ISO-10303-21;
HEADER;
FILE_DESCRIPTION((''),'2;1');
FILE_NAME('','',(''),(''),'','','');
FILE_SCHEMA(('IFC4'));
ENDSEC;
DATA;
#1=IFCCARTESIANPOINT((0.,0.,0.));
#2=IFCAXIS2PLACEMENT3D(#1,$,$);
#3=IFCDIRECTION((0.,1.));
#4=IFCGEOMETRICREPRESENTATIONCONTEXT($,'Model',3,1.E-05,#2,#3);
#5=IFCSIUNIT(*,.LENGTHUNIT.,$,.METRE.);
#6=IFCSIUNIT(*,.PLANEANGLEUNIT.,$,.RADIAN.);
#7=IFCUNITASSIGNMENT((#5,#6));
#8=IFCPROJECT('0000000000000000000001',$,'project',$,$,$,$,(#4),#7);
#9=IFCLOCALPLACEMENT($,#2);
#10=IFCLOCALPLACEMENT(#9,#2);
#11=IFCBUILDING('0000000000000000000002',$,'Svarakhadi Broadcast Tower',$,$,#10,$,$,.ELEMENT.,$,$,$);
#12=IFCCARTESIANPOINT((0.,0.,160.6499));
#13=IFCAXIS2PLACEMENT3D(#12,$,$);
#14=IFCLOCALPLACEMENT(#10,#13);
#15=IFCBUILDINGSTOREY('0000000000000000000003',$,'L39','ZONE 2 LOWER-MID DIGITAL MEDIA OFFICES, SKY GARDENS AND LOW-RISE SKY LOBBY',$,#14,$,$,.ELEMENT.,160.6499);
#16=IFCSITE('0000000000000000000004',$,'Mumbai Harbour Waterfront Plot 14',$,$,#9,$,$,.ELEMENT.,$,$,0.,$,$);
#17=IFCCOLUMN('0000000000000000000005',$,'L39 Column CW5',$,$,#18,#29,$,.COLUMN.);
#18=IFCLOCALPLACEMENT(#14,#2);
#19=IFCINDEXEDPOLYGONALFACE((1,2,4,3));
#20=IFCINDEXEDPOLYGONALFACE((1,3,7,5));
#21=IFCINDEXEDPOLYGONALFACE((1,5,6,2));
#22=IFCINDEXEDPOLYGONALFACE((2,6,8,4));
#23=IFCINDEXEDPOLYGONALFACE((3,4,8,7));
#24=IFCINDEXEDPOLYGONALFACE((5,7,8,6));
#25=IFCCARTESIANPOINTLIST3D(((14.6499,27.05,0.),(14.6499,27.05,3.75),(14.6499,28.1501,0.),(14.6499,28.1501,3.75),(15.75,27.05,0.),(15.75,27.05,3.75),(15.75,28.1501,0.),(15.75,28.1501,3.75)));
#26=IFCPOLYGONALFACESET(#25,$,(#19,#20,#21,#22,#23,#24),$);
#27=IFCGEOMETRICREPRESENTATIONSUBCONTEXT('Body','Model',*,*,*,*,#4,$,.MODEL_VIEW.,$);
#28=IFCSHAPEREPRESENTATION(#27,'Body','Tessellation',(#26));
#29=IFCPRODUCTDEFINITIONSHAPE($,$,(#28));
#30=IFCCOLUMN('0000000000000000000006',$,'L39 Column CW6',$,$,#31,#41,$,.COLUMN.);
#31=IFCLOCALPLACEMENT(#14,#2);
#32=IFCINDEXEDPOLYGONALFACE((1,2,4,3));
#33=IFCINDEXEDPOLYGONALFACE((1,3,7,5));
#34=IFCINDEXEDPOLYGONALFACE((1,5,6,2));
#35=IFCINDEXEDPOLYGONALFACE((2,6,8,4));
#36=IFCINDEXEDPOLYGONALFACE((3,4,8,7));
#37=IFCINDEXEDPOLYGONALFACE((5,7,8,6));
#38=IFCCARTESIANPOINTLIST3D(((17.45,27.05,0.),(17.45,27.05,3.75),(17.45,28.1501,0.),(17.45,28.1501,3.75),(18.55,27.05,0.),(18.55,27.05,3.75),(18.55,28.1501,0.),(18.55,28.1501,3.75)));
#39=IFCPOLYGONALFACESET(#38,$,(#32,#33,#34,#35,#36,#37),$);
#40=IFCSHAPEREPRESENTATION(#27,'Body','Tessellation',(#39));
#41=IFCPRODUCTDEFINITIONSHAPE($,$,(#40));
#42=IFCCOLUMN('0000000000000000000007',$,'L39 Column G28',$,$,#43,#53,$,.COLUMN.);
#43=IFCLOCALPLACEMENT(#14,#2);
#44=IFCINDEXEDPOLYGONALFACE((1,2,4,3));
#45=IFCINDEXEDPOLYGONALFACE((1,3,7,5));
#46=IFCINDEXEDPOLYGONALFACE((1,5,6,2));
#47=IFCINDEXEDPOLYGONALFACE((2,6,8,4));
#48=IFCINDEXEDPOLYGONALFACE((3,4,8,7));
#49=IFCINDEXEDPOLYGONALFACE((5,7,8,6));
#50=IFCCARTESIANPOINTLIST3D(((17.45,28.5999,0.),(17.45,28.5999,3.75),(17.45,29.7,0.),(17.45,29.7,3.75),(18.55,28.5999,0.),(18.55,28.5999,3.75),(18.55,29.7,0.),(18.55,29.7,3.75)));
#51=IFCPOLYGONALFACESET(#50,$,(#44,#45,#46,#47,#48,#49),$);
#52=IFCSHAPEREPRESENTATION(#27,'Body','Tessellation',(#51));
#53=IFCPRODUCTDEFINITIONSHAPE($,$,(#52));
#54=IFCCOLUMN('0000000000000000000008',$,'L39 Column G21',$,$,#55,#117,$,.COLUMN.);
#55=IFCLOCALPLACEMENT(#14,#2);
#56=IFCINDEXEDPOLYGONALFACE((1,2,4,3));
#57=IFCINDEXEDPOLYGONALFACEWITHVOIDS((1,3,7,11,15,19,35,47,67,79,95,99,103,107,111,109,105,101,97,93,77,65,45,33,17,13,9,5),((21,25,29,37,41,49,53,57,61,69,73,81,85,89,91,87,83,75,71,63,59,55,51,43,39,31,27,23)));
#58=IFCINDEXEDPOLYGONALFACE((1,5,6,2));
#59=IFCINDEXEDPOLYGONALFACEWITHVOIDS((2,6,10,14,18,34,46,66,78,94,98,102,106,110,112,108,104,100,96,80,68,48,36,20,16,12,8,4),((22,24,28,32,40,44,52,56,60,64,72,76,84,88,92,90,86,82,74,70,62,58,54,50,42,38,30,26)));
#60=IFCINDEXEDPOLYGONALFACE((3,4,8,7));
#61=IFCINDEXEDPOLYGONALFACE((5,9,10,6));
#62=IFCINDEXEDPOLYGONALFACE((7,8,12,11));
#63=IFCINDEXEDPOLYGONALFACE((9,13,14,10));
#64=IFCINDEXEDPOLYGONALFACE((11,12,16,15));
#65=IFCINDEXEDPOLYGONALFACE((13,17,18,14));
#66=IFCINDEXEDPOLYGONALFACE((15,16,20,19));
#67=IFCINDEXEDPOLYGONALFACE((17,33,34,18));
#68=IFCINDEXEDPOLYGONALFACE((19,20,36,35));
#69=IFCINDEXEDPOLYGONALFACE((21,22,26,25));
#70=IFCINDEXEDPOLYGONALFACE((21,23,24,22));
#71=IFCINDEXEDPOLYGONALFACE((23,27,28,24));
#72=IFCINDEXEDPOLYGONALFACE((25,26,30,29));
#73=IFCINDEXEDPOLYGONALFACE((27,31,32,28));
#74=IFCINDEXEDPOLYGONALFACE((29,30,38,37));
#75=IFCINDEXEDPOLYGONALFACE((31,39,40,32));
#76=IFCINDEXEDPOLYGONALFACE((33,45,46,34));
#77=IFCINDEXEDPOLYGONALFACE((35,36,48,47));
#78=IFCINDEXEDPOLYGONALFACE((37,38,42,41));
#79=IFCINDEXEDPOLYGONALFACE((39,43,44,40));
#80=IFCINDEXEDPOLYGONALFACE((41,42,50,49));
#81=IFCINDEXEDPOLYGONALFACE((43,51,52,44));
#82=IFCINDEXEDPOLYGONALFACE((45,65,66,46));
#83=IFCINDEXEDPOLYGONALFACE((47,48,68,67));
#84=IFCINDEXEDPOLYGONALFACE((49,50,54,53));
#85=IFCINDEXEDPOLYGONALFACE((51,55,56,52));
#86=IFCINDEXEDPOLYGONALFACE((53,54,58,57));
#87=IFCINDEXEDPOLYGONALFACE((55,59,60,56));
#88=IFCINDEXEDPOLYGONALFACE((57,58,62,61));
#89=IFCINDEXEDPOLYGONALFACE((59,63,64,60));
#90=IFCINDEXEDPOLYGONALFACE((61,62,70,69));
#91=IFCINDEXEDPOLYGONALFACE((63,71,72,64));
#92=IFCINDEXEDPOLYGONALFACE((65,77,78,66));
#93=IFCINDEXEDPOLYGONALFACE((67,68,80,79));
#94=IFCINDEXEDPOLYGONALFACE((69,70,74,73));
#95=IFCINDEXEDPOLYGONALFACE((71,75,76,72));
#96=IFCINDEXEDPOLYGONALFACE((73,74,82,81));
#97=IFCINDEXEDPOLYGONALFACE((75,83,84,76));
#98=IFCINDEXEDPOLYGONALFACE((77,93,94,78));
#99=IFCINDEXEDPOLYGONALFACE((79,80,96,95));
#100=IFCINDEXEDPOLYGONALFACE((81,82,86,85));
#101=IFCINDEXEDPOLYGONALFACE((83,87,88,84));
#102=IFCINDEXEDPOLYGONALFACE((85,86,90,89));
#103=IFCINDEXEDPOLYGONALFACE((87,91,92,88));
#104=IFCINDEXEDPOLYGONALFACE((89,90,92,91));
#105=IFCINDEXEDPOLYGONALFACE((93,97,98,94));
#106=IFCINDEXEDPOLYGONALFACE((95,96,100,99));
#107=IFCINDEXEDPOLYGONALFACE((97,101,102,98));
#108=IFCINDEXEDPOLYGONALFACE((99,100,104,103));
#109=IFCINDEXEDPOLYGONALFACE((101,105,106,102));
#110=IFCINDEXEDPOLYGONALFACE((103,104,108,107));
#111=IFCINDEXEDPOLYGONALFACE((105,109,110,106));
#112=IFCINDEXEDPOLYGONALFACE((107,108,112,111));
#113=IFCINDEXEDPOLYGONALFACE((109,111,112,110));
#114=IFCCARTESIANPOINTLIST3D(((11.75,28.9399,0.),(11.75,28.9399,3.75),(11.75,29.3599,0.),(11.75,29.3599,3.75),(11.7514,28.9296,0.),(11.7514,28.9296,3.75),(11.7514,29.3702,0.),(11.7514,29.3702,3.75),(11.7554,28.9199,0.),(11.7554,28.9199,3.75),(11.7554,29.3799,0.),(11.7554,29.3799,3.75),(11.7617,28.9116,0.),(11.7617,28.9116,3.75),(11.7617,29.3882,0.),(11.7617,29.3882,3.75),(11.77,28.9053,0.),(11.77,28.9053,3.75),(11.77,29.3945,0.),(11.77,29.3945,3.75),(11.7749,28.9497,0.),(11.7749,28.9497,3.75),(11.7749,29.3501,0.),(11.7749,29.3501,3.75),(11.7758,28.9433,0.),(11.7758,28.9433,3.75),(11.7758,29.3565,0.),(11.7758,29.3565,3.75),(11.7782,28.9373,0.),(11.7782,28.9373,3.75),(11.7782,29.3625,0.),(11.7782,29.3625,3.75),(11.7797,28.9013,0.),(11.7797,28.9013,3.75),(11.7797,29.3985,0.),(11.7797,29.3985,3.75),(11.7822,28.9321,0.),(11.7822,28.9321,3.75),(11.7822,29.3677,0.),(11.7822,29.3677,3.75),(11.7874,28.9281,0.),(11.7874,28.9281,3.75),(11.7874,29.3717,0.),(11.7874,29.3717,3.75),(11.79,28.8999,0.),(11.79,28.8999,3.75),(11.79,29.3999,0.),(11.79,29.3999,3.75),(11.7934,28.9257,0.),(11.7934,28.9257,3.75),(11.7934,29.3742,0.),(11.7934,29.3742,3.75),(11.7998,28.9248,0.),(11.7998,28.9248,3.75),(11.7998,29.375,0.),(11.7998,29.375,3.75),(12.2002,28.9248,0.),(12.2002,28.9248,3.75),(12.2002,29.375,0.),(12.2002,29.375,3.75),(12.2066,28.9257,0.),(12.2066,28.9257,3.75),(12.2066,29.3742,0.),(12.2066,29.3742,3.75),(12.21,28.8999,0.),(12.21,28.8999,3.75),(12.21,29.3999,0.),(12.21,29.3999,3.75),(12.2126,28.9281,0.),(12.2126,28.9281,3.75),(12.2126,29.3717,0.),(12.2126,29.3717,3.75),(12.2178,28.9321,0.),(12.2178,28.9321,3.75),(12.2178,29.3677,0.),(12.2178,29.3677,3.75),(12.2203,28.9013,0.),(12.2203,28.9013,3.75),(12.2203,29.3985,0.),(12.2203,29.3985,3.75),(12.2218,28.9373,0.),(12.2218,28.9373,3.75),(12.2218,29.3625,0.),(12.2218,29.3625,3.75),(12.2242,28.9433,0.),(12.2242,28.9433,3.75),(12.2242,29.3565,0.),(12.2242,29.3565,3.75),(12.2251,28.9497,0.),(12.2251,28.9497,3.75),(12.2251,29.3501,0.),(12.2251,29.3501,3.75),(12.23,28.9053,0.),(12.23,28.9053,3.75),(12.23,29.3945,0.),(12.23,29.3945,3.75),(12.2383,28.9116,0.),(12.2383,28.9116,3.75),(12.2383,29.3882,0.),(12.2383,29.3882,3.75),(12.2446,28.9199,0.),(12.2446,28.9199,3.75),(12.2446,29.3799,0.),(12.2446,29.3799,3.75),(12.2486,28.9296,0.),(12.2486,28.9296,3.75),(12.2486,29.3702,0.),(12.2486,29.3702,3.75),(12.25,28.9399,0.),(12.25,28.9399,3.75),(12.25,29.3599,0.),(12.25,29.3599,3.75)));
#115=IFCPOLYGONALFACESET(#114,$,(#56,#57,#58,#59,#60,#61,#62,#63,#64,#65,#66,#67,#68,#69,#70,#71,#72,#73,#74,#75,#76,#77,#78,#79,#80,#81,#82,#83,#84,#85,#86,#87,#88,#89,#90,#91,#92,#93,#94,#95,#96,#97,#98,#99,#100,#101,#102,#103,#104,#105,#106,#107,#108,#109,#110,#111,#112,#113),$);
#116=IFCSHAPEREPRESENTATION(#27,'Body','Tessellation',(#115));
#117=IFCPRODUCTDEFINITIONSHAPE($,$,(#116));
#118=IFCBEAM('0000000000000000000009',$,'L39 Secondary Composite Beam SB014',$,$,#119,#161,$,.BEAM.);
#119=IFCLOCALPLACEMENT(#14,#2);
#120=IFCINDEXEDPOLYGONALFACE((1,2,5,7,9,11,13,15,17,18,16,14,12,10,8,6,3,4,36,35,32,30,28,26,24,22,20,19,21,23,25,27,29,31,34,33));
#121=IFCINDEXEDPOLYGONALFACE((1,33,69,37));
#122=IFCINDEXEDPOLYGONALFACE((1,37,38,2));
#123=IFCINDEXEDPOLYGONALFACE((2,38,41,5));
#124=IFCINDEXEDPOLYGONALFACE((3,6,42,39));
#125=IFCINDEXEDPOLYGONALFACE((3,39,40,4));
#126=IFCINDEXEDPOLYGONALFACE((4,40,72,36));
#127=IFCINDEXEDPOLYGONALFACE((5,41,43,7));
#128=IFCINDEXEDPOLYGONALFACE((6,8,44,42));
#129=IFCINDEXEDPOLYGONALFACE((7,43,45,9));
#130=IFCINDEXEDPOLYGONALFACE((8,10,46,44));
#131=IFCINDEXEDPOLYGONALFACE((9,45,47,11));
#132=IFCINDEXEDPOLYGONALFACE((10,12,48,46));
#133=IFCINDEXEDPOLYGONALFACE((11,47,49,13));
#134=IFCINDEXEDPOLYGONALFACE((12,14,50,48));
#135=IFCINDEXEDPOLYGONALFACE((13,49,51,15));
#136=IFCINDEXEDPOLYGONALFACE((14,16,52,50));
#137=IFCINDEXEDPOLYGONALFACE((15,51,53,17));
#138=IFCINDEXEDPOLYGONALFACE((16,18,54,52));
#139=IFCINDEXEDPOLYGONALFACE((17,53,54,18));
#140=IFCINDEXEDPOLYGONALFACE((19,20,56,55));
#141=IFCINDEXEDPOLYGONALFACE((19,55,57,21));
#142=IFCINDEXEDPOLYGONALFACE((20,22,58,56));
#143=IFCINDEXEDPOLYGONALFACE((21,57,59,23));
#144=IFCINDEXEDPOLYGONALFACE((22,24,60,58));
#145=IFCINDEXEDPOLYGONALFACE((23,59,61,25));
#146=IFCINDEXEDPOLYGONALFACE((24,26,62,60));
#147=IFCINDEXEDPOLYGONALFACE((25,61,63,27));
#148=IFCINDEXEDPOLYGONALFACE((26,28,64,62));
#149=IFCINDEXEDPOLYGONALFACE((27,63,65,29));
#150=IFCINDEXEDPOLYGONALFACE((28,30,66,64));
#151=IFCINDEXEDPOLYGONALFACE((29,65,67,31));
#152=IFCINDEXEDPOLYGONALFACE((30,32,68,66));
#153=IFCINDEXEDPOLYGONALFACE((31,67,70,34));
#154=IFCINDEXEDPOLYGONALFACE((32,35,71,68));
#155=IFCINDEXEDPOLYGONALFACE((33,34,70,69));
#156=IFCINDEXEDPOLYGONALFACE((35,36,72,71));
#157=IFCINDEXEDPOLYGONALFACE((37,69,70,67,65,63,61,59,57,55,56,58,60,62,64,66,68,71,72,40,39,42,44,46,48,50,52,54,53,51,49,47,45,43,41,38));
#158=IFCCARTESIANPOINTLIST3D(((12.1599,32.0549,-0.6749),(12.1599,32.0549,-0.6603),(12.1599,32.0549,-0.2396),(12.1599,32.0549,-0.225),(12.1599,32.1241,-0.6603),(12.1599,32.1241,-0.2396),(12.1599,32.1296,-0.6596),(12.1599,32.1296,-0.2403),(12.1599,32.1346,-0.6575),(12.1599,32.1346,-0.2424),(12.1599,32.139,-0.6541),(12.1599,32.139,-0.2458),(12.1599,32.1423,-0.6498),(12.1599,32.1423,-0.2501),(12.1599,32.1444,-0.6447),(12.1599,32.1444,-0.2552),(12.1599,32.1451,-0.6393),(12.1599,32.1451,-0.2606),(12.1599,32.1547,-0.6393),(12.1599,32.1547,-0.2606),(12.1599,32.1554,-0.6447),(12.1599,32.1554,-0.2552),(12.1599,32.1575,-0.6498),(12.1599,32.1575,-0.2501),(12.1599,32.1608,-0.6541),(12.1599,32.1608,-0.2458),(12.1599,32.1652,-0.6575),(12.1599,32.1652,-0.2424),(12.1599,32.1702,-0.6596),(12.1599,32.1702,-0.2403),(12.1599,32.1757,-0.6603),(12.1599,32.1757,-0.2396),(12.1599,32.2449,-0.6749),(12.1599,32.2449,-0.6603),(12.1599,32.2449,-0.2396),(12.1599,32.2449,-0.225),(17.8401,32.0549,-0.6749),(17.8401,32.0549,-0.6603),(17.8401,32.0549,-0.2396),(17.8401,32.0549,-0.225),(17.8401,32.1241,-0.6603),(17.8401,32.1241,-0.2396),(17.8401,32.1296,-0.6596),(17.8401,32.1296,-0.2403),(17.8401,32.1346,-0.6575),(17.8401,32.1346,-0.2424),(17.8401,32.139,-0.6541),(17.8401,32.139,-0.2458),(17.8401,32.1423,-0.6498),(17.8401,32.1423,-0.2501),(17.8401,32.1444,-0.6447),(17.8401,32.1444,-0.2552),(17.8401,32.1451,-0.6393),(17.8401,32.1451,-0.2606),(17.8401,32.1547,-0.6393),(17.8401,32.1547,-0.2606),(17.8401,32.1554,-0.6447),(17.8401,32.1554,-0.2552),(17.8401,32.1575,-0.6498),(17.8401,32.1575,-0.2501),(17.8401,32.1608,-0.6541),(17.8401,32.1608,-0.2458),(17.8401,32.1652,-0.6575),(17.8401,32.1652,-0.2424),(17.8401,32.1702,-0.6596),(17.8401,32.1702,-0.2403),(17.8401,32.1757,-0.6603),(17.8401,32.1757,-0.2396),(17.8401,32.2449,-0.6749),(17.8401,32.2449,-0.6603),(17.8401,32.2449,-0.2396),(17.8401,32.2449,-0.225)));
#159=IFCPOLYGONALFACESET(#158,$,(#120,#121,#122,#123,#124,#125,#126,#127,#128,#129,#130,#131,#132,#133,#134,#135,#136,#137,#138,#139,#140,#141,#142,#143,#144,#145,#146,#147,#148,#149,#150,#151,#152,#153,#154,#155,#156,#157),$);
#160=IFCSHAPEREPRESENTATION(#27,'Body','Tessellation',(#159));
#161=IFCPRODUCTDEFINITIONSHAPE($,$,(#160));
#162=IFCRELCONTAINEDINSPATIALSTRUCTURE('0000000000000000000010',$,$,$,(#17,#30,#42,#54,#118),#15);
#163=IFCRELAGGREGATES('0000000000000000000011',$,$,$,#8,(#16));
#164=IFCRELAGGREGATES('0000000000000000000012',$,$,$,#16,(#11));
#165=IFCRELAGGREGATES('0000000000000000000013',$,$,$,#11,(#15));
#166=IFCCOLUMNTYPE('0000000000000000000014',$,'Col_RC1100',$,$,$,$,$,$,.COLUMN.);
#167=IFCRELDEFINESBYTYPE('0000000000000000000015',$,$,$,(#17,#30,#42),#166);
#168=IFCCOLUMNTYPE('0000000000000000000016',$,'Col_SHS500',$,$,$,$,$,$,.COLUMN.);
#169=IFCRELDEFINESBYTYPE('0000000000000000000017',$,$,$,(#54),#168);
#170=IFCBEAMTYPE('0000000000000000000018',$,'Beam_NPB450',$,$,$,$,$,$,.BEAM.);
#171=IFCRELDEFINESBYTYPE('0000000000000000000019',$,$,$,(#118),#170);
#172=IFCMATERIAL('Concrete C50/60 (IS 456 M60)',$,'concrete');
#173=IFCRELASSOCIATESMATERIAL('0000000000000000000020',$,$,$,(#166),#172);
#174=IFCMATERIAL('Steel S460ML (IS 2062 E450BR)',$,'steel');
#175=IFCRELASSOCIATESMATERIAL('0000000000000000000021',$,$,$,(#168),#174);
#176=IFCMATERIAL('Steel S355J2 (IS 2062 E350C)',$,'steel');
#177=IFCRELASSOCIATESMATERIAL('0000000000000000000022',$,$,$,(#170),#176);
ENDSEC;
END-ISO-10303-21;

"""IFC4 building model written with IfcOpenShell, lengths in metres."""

from ifc_helpers import new_model, si_unit, direction, frame, origin, origin_2d, place, context, subcontext, project, spatial, rectangle, hollow_rectangle, i_section, extrude, material, material_profile, profile_set, type_object, element, save


model = new_model("IFC4")

# Units and contexts
model_context = context("Model", 3, precision=1e-05, world=origin(), true_north=direction((0.0, 1.0)))
body_context = subcontext(model_context, "Body", "Model", "MODEL_VIEW")
ifc_project = project(units=[si_unit("LENGTHUNIT", "METRE"), si_unit("PLANEANGLEUNIT", "RADIAN")], contexts=[model_context])

# Site, building, storey
site_placement = place(None, origin())
site = spatial("IfcSite", under=ifc_project, at=site_placement, Name="Mumbai Harbour Waterfront Plot 14", CompositionType="ELEMENT", RefElevation=0.0)
building_placement = place(site_placement, origin())
building = spatial("IfcBuilding", under=site, at=building_placement, Name="Svarakhadi Broadcast Tower", CompositionType="ELEMENT")
storey_placement = place(building_placement, frame((0.0, 0.0, 160.6499)))
storey = spatial("IfcBuildingStorey", under=building, at=storey_placement, Name="L39", Description="ZONE 2 LOWER-MID DIGITAL MEDIA OFFICES, SKY GARDENS AND LOW-RISE SKY LOBBY", CompositionType="ELEMENT", Elevation=160.6499)

# Columns
ifc_material_1 = material(Name="Concrete C50/60 (IS 456 M60)", Category="concrete")
ifc_material_profile_1 = material_profile(ifc_material_1, rectangle(XDim=1.1001, YDim=1.1001, at=origin_2d()), Name="RC 1100x1100")
ifc_profile_set_1 = profile_set([ifc_material_profile_1], Name="Concrete C50/60 (IS 456 M60)")
column_type_1 = type_object("IfcColumnType", Name="Col_RC1100", PredefinedType="COLUMN", material=ifc_profile_set_1)
for number, where, z_axis, x_axis, name in (
    (1, (15.2, 27.6001, 0.0), (0.0, 0.0, 1.0), (1.0, 0.0, 0.0), "L39 Column CW5"),
    (2, (18.0, 27.6001, 0.0), (0.0, 0.0, 1.0), (1.0, 0.0, 0.0), "L39 Column CW6"),
    (3, (18.0, 29.1499, 0.0), (0.0, 0.0, 1.0), (1.0, 0.0, 0.0), "L39 Column G28"),
):
    element("IfcColumn", number, at=place(storey_placement, frame(where, z_axis=z_axis, x_axis=x_axis)), inside=storey, type_object=column_type_1, Name=name, PredefinedType="COLUMN", context=body_context, shape_type="SweptSolid", body=[
        extrude(rectangle(XDim=1.1001, YDim=1.1001, at=origin_2d()), origin(), (0.0, 0.0, 1.0), 3.75),
    ])
ifc_material_2 = material(Name="Steel S460ML (IS 2062 E450BR)", Category="steel")
ifc_material_profile_2 = material_profile(ifc_material_2, hollow_rectangle(XDim=0.5, YDim=0.5, WallThickness=0.0249, InnerFilletRadius=0.0249, OuterFilletRadius=0.04, at=origin_2d()), Name="SHS 500x500x25")
ifc_profile_set_2 = profile_set([ifc_material_profile_2], Name="Steel S460ML (IS 2062 E450BR)")
column_type_2 = type_object("IfcColumnType", Name="Col_SHS500", PredefinedType="COLUMN", material=ifc_profile_set_2)
column_placement = place(storey_placement, frame((12.0, 29.1499, 0.0), z_axis=(0.0, 0.0, 1.0), x_axis=(1.0, 0.0, 0.0)))
element("IfcColumn", 4, at=column_placement, inside=storey, type_object=column_type_2, Name="L39 Column G21", PredefinedType="COLUMN", context=body_context, shape_type="SweptSolid", body=[
    extrude(hollow_rectangle(XDim=0.5, YDim=0.5, WallThickness=0.0249, InnerFilletRadius=0.0249, OuterFilletRadius=0.04, at=origin_2d()), origin(), (0.0, 0.0, 1.0), 3.75),
])

# Beam
ifc_material_3 = material(Name="Steel S355J2 (IS 2062 E350C)", Category="steel")
ifc_material_profile_3 = material_profile(ifc_material_3, i_section(OverallWidth=0.1899, OverallDepth=0.45, WebThickness=0.0095, FlangeThickness=0.0146, FilletRadius=0.021, at=origin_2d()), Name="NPB 450x190x78")
ifc_profile_set_3 = profile_set([ifc_material_profile_3], Name="Steel S355J2 (IS 2062 E350C)")
beam_type_1 = type_object("IfcBeamType", Name="Beam_NPB450", PredefinedType="BEAM", material=ifc_profile_set_3)
beam_1_placement = place(storey_placement, frame((12.1599, 32.1499, -0.45), z_axis=(1.0, 0.0, 0.0), x_axis=(0.0, 1.0, 0.0)))
element("IfcBeam", 5, at=beam_1_placement, inside=storey, type_object=beam_type_1, Name="L39 Secondary Composite Beam SB014", PredefinedType="BEAM", context=body_context, shape_type="SweptSolid", body=[
    extrude(i_section(OverallWidth=0.1899, OverallDepth=0.45, WebThickness=0.0095, FlangeThickness=0.0146, FilletRadius=0.021, at=origin_2d()), origin(), (0.0, 0.0, 1.0), 5.6802),
])

save(model, "model.ifc")
